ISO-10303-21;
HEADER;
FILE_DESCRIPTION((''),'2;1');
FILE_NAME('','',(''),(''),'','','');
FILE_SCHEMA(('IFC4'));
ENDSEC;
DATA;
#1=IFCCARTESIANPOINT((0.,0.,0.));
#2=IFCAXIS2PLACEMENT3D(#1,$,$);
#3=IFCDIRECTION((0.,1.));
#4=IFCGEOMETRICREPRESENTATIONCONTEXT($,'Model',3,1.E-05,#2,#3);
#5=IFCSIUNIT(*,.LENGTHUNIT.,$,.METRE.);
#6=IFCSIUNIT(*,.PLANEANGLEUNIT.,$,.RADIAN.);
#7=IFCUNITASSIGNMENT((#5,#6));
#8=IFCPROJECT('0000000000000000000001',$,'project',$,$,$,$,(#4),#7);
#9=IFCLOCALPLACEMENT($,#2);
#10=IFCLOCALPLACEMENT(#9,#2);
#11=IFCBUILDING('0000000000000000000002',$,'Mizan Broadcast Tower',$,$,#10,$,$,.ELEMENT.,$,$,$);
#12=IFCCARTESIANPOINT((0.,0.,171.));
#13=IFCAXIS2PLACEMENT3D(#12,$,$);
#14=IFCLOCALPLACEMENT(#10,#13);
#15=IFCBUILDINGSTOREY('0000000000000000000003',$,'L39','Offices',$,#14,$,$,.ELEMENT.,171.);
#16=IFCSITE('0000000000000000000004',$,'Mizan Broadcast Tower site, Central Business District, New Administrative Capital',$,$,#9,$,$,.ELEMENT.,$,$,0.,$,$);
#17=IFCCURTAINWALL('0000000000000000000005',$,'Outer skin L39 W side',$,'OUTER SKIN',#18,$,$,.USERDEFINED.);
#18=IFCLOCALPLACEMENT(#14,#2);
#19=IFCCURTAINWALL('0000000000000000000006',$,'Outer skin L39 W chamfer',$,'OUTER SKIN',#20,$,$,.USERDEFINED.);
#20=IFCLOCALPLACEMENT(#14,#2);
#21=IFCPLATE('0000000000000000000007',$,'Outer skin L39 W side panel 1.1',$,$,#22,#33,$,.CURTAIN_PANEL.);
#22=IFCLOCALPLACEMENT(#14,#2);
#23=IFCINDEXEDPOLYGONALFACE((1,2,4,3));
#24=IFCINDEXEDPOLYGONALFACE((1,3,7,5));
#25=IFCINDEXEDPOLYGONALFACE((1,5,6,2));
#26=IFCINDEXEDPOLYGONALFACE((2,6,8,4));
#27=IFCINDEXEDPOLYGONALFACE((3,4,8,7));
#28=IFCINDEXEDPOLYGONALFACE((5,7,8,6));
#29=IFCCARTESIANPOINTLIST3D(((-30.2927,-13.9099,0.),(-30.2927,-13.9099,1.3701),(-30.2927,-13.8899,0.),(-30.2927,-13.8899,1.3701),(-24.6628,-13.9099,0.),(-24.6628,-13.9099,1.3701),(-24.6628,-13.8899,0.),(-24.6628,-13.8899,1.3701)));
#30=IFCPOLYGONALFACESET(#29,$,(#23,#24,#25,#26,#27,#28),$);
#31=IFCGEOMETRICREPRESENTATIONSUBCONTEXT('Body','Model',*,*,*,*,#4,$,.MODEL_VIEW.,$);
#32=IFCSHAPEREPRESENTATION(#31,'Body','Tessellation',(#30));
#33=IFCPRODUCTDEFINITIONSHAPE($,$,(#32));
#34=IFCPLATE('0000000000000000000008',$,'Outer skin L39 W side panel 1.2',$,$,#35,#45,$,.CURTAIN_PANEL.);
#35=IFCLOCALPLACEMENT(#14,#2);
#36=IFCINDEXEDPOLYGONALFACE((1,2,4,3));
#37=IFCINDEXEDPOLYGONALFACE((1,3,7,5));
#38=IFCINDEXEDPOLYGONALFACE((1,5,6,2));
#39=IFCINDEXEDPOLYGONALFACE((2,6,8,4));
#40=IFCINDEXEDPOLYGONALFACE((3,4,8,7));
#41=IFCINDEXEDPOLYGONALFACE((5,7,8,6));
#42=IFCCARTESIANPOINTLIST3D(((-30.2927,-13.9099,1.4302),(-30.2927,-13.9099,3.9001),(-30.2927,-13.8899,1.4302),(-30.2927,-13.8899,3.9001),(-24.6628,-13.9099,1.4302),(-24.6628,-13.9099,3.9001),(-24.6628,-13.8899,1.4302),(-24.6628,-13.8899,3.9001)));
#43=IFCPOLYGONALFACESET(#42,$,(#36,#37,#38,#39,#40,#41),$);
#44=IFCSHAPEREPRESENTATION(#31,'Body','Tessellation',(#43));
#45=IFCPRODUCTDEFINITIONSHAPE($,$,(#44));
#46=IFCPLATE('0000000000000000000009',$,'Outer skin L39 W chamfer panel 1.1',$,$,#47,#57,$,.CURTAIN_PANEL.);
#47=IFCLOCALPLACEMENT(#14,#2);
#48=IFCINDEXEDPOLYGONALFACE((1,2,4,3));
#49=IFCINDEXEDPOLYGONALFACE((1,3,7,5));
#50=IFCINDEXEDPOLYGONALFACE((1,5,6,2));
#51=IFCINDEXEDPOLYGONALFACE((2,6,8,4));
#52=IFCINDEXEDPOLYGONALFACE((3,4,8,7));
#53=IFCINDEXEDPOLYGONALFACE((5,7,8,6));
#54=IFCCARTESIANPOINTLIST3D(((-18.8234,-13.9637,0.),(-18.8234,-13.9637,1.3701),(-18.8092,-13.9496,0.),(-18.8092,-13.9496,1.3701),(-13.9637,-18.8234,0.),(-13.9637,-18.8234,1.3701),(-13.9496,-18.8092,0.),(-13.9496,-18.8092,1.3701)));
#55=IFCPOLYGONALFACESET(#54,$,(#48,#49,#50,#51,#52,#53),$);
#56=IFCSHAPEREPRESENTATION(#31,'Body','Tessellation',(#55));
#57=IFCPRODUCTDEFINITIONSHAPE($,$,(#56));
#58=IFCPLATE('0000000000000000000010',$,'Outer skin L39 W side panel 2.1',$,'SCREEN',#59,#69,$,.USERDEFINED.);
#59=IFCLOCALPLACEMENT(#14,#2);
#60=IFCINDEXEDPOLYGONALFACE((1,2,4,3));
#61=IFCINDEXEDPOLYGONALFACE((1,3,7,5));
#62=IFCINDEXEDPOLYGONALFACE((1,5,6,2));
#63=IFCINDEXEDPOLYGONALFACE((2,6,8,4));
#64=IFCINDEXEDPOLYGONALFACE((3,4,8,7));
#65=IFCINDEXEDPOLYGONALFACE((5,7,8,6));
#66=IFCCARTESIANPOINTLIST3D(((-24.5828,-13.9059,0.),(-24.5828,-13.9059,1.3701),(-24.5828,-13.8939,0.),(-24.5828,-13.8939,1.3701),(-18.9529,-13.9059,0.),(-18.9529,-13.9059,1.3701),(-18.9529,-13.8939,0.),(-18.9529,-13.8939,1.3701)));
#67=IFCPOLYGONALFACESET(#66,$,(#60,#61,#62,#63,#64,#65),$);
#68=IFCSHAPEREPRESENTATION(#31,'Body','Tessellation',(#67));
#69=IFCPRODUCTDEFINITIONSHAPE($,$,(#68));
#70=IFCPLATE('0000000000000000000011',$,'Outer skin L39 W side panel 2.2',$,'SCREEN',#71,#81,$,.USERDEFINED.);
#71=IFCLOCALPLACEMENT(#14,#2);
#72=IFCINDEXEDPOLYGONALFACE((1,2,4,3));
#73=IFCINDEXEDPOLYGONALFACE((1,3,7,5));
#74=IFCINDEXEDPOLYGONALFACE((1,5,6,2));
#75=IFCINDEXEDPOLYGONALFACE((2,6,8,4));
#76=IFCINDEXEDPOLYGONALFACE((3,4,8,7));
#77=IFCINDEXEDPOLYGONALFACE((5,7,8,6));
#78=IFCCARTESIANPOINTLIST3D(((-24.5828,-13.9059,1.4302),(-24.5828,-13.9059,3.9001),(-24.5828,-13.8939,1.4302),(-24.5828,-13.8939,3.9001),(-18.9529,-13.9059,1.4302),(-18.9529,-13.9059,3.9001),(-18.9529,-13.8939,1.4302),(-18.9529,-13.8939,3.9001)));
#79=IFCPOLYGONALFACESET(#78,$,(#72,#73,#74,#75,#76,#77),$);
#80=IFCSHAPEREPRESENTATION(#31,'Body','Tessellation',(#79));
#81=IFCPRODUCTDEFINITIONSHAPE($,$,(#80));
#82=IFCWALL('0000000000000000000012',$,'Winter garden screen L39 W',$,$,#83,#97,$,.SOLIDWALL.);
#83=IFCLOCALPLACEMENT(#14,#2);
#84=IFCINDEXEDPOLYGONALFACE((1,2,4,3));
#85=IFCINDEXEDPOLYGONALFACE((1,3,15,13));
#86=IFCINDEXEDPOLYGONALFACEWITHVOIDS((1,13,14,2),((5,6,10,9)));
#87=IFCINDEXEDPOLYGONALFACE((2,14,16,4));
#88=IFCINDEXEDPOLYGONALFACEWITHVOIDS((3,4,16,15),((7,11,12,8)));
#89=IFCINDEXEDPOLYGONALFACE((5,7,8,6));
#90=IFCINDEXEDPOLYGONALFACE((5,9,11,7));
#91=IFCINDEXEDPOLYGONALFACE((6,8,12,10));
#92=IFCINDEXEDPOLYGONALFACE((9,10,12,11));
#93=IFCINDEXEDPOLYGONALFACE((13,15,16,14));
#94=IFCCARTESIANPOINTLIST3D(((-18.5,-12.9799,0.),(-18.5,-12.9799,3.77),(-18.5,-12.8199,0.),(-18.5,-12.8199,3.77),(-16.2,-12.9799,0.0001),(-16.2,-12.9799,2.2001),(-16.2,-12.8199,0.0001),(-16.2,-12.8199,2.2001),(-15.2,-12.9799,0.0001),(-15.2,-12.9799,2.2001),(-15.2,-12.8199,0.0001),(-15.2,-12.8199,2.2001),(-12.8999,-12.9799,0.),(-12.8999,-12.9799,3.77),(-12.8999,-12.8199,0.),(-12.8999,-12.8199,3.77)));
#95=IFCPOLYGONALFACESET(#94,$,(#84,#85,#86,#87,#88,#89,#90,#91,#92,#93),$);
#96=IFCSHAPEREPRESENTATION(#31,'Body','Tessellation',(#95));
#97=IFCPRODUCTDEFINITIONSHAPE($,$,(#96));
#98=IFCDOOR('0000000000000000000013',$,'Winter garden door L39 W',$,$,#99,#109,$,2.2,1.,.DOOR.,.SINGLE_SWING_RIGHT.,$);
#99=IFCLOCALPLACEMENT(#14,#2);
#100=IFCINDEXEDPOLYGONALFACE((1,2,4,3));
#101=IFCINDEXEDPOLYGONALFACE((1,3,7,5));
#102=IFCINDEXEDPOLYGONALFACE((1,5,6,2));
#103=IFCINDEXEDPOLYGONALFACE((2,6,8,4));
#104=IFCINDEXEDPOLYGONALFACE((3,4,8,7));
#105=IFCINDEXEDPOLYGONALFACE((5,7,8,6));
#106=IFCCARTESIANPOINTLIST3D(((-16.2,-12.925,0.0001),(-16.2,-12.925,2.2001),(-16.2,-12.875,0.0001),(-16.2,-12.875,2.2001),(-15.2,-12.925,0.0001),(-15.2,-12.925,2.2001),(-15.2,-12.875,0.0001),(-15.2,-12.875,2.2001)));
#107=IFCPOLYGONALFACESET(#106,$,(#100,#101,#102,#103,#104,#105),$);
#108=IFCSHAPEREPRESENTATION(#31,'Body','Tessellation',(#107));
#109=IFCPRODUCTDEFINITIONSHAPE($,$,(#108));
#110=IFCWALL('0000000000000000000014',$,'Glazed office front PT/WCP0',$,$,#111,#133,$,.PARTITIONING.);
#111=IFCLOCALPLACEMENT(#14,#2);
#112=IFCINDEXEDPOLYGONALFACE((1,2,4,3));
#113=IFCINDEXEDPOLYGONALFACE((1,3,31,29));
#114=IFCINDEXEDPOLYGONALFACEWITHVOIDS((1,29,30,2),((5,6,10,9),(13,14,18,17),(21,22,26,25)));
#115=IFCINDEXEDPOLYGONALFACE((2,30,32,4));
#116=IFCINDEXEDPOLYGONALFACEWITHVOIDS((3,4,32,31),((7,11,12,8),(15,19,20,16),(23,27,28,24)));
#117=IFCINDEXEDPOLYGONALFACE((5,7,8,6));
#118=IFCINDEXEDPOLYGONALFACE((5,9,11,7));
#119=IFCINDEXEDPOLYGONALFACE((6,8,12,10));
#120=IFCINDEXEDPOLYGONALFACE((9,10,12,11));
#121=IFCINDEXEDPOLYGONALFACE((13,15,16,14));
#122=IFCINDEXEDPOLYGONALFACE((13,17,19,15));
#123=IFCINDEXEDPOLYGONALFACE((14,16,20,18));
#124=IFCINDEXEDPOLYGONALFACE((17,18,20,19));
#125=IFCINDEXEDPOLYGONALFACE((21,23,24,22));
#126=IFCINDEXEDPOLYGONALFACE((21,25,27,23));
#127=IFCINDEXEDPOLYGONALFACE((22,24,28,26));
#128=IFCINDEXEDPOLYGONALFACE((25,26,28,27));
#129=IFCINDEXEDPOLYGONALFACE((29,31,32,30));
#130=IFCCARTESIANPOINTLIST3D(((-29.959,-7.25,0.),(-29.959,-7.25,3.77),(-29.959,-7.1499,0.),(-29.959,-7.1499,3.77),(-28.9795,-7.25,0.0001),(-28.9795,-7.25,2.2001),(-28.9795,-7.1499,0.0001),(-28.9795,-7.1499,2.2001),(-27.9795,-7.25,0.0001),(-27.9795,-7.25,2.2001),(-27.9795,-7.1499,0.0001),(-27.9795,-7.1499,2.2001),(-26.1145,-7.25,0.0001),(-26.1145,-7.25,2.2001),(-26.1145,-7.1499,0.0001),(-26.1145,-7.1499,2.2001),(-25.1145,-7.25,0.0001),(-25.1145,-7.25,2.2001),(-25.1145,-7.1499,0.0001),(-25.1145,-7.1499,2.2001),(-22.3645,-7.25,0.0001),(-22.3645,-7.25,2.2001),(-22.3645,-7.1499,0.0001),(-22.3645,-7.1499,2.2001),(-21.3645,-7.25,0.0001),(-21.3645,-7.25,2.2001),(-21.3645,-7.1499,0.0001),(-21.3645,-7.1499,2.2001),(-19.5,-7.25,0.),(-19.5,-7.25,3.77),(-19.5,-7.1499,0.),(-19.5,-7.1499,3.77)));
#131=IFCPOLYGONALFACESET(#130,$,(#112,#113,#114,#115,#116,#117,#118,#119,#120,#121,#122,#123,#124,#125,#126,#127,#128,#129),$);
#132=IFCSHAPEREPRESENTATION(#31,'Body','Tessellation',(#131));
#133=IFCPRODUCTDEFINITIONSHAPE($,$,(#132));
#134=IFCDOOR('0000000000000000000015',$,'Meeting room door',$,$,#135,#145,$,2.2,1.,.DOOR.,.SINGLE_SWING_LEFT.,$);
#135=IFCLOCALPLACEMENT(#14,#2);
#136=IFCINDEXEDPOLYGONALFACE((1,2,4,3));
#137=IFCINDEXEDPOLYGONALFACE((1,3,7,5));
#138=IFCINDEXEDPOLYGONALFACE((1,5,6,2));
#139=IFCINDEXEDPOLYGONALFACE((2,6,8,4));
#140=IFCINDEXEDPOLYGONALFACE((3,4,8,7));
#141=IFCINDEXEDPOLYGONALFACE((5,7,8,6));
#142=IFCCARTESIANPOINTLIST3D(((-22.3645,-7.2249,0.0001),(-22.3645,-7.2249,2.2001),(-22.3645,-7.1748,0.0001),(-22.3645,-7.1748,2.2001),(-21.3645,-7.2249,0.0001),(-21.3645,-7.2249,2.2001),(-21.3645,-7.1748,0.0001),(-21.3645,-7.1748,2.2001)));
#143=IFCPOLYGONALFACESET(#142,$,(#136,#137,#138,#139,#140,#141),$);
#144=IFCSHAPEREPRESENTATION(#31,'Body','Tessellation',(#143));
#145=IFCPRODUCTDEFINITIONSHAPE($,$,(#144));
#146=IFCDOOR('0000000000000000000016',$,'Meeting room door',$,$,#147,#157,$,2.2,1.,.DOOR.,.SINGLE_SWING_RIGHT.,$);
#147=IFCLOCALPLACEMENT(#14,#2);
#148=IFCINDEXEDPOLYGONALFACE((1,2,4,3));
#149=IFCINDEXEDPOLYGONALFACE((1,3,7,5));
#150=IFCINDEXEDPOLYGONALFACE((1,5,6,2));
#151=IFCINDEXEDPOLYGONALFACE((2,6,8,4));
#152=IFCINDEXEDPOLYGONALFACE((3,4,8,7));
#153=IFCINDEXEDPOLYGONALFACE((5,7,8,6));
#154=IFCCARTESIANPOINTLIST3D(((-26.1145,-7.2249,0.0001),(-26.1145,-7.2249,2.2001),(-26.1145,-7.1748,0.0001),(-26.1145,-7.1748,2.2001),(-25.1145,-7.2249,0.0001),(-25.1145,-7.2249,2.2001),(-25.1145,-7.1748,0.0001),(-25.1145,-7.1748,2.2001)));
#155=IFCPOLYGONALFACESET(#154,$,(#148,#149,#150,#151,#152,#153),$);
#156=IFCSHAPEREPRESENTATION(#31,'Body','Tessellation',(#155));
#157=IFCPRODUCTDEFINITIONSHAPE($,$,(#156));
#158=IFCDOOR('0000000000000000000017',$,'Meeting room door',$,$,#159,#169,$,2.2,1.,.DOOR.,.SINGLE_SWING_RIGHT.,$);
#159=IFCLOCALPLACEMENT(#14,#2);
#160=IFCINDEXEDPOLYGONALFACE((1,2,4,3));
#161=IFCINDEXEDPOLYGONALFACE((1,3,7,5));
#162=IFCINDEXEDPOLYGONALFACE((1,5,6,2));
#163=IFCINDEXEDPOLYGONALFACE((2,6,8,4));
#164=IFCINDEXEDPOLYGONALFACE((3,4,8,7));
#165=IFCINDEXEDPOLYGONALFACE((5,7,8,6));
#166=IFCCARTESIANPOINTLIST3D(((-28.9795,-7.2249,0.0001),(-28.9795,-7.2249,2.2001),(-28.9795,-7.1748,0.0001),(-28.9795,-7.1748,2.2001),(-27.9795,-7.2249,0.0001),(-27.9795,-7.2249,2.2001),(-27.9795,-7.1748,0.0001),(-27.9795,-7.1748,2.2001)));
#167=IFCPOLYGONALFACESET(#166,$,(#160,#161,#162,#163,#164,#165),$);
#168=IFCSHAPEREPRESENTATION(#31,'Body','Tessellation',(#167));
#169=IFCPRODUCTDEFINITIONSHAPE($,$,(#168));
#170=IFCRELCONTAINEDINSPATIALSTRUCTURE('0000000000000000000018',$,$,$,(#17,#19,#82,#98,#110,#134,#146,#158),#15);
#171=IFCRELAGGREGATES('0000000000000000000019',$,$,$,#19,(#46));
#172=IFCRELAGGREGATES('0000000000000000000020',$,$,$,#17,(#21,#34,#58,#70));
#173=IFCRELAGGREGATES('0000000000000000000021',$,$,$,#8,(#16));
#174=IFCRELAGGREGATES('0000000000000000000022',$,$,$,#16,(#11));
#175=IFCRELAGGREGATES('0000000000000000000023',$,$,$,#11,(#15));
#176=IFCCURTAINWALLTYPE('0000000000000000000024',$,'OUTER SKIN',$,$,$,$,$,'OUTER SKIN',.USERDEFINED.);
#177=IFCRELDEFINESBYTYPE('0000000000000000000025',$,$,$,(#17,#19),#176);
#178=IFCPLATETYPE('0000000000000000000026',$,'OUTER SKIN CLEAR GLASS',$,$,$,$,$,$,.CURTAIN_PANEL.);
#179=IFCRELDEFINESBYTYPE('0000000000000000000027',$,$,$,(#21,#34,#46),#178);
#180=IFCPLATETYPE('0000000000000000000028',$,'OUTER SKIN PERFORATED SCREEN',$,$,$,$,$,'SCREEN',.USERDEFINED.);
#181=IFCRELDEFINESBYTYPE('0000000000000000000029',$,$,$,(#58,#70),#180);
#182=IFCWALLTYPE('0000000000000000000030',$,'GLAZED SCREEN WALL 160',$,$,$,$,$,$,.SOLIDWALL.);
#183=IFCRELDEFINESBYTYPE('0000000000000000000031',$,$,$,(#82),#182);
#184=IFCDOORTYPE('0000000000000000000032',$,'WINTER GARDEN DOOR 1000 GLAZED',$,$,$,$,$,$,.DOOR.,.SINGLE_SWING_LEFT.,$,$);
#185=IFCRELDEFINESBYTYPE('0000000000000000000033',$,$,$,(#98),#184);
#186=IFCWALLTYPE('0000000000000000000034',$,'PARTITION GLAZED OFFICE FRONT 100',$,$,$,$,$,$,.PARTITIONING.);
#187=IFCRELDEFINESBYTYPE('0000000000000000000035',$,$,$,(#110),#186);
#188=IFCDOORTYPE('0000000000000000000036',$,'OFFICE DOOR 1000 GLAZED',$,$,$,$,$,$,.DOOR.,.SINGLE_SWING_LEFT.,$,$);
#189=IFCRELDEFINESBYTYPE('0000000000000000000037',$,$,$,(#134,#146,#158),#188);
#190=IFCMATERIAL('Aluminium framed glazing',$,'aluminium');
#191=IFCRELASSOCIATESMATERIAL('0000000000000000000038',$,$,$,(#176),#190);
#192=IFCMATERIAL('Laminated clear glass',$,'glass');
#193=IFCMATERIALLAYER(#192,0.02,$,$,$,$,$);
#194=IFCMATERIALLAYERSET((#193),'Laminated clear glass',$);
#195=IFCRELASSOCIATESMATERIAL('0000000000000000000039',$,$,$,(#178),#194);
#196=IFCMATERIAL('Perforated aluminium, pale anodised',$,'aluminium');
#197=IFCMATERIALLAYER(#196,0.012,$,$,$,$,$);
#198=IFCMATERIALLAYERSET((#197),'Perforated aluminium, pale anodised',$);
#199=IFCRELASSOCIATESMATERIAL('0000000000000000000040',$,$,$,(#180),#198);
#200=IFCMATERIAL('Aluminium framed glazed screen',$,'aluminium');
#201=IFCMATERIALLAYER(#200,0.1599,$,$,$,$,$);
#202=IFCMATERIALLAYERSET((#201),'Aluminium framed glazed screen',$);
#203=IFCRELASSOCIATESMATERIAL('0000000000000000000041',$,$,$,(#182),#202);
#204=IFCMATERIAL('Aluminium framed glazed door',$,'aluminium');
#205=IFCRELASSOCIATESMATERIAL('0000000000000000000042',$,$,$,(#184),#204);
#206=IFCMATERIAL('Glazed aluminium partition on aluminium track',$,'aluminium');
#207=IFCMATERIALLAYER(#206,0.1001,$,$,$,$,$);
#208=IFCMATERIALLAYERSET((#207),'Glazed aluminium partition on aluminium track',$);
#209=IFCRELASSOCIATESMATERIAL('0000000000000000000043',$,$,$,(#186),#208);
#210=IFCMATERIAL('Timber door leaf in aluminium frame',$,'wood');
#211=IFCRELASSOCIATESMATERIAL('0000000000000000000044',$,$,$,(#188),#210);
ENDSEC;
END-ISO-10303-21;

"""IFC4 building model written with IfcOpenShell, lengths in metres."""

from ifc_helpers import new_model, si_unit, direction, frame, frame_2d, origin, origin_2d, place, context, subcontext, project, spatial, rectangle, extrude, material, layer, layer_set, type_object, element, fill, aggregate, save


model = new_model("IFC4")

# Units and contexts
model_context = context("Model", 3, precision=1e-05, world=origin(), true_north=direction((0.0, 1.0)))
body_context = subcontext(model_context, "Body", "Model", "MODEL_VIEW")
ifc_project = project(units=[si_unit("LENGTHUNIT", "METRE"), si_unit("PLANEANGLEUNIT", "RADIAN")], contexts=[model_context])

# Site, building, storey
site_placement = place(None, origin())
site = spatial("IfcSite", under=ifc_project, at=site_placement, Name="Mizan Broadcast Tower site, Central Business District, New Administrative Capital", CompositionType="ELEMENT", RefElevation=0.0)
building_placement = place(site_placement, origin())
building = spatial("IfcBuilding", under=site, at=building_placement, Name="Mizan Broadcast Tower", CompositionType="ELEMENT")
storey_placement = place(building_placement, frame((0.0, 0.0, 171.0)))
storey = spatial("IfcBuildingStorey", under=building, at=storey_placement, Name="L39", Description="Offices", CompositionType="ELEMENT", Elevation=171.0)

# Curtain wall
ifc_material_1 = material(Name="Aluminium framed glazing", Category="aluminium")
curtain_wall_type_1 = type_object("IfcCurtainWallType", Name="OUTER SKIN", ElementType="OUTER SKIN", PredefinedType="USERDEFINED", material=ifc_material_1)
curtain_wall_1_placement = place(storey_placement, origin())
curtain_wall_1 = element("IfcCurtainWall", 1, at=curtain_wall_1_placement, inside=storey, type_object=curtain_wall_type_1, Name="Outer skin L39 W side", ObjectType="OUTER SKIN", PredefinedType="USERDEFINED")

# Curtain wall
curtain_wall_2_placement = place(storey_placement, origin())
curtain_wall_2 = element("IfcCurtainWall", 2, at=curtain_wall_2_placement, inside=storey, type_object=curtain_wall_type_1, Name="Outer skin L39 W chamfer", ObjectType="OUTER SKIN", PredefinedType="USERDEFINED")

# Plates
ifc_material_2 = material(Name="Laminated clear glass", Category="glass")
ifc_layer_1 = layer(ifc_material_2, 0.02)
ifc_layer_set_1 = layer_set([ifc_layer_1], Name="Laminated clear glass")
plate_type_1 = type_object("IfcPlateType", Name="OUTER SKIN CLEAR GLASS", PredefinedType="CURTAIN_PANEL", material=ifc_layer_set_1)
plate_1_placement = place(storey_placement, frame((-27.4778, -13.8999, 0.0), z_axis=(0.0, 0.0, 1.0), x_axis=(1.0, 0.0, 0.0)))
plate_1 = element("IfcPlate", 3, at=plate_1_placement, type_object=plate_type_1, Name="Outer skin L39 W side panel 1.1", PredefinedType="CURTAIN_PANEL", context=body_context, shape_type="SweptSolid", body=[
    extrude(rectangle(XDim=5.6299, YDim=0.02, at=origin_2d()), origin(), (0.0, 0.0, 1.0), 1.3701),
])
plate_2_placement = place(storey_placement, frame((-27.4778, -13.8999, 1.4302), z_axis=(0.0, 0.0, 1.0), x_axis=(1.0, 0.0, 0.0)))
plate_2 = element("IfcPlate", 4, at=plate_2_placement, type_object=plate_type_1, Name="Outer skin L39 W side panel 1.2", PredefinedType="CURTAIN_PANEL", context=body_context, shape_type="SweptSolid", body=[
    extrude(rectangle(XDim=5.6299, YDim=0.02, at=origin_2d()), origin(), (0.0, 0.0, 1.0), 2.47),
])
plate_3_placement = place(storey_placement, frame((-16.3865, -16.3865, 0.0), z_axis=(0.0, 0.0, 1.0), x_axis=(0.707107, -0.707107, 0.0)))
plate_3 = element("IfcPlate", 5, at=plate_3_placement, type_object=plate_type_1, Name="Outer skin L39 W chamfer panel 1.1", PredefinedType="CURTAIN_PANEL", context=body_context, shape_type="SweptSolid", body=[
    extrude(rectangle(XDim=6.8726, YDim=0.02, at=origin_2d()), origin(), (0.0, 0.0, 1.0), 1.3701),
])
aggregate(curtain_wall_2, [plate_3])
ifc_material_3 = material(Name="Perforated aluminium, pale anodised", Category="aluminium")
ifc_layer_2 = layer(ifc_material_3, 0.012)
ifc_layer_set_2 = layer_set([ifc_layer_2], Name="Perforated aluminium, pale anodised")
plate_type_2 = type_object("IfcPlateType", Name="OUTER SKIN PERFORATED SCREEN", ElementType="SCREEN", PredefinedType="USERDEFINED", material=ifc_layer_set_2)
plate_4_placement = place(storey_placement, frame((-21.7678, -13.8999, 0.0), z_axis=(0.0, 0.0, 1.0), x_axis=(1.0, 0.0, 0.0)))
plate_4 = element("IfcPlate", 6, at=plate_4_placement, type_object=plate_type_2, Name="Outer skin L39 W side panel 2.1", ObjectType="SCREEN", PredefinedType="USERDEFINED", context=body_context, shape_type="SweptSolid", body=[
    extrude(rectangle(XDim=5.6299, YDim=0.012, at=origin_2d()), origin(), (0.0, 0.0, 1.0), 1.3701),
])
plate_5_placement = place(storey_placement, frame((-21.7678, -13.8999, 1.4302), z_axis=(0.0, 0.0, 1.0), x_axis=(1.0, 0.0, 0.0)))
plate_5 = element("IfcPlate", 7, at=plate_5_placement, type_object=plate_type_2, Name="Outer skin L39 W side panel 2.2", ObjectType="SCREEN", PredefinedType="USERDEFINED", context=body_context, shape_type="SweptSolid", body=[
    extrude(rectangle(XDim=5.6299, YDim=0.012, at=origin_2d()), origin(), (0.0, 0.0, 1.0), 2.47),
])
aggregate(curtain_wall_1, [plate_1, plate_2, plate_4, plate_5])

# Wall, opening, door
ifc_material_4 = material(Name="Aluminium framed glazed screen", Category="aluminium")
ifc_layer_3 = layer(ifc_material_4, 0.1599)
ifc_layer_set_3 = layer_set([ifc_layer_3], Name="Aluminium framed glazed screen")
wall_type_1 = type_object("IfcWallType", Name="GLAZED SCREEN WALL 160", PredefinedType="SOLIDWALL", material=ifc_layer_set_3)
wall_1_placement = place(storey_placement, frame((-18.5, -12.8999, 0.0), z_axis=(0.0, 0.0, 1.0), x_axis=(1.0, 0.0, 0.0)))
wall_1 = element("IfcWall", 8, at=wall_1_placement, inside=storey, type_object=wall_type_1, Name="Winter garden screen L39 W", PredefinedType="SOLIDWALL", context=body_context, shape_type="SweptSolid", body=[
    extrude(rectangle(XDim=5.6001, YDim=0.1599, at=frame_2d((2.8, 0.0))), origin(), (0.0, 0.0, 1.0), 3.77),
])
opening_1_placement = place(wall_1_placement, frame((2.3, 0.0, 0.0)))
opening_1 = element("IfcOpeningElement", 9, at=opening_1_placement, cuts=wall_1, PredefinedType="OPENING", context=body_context, shape_type="SweptSolid", body=[
    extrude(rectangle(XDim=1.0, YDim=2.2, at=frame_2d((0.5, 1.1001))), frame((0.0, 0.0898, 0.0), z_axis=(0.0, -1.0, 0.0), x_axis=(1.0, 0.0, 0.0)), (0.0, 0.0, 1.0), 0.1799),
])
ifc_material_5 = material(Name="Aluminium framed glazed door", Category="aluminium")
door_type_1 = type_object("IfcDoorType", Name="WINTER GARDEN DOOR 1000 GLAZED", OperationType="SINGLE_SWING_LEFT", PredefinedType="DOOR", material=ifc_material_5)
door_1_placement = place(opening_1_placement, origin())
door_1 = element("IfcDoor", 10, at=door_1_placement, inside=storey, type_object=door_type_1, Name="Winter garden door L39 W", OperationType="SINGLE_SWING_RIGHT", OverallHeight=2.2, OverallWidth=1.0, PredefinedType="DOOR", context=body_context, shape_type="SweptSolid", body=[
    extrude(rectangle(XDim=1.0, YDim=2.2, at=frame_2d((0.5, 1.1001))), frame((0.0, 0.0249, 0.0), z_axis=(0.0, -1.0, 0.0), x_axis=(1.0, 0.0, 0.0)), (0.0, 0.0, 1.0), 0.05),
])
fill(opening_1, door_1)

# Wall, openings, doors
ifc_material_6 = material(Name="Glazed aluminium partition on aluminium track", Category="aluminium")
ifc_layer_4 = layer(ifc_material_6, 0.1001)
ifc_layer_set_4 = layer_set([ifc_layer_4], Name="Glazed aluminium partition on aluminium track")
wall_type_2 = type_object("IfcWallType", Name="PARTITION GLAZED OFFICE FRONT 100", PredefinedType="PARTITIONING", material=ifc_layer_set_4)
wall_2_placement = place(storey_placement, frame((-19.5, -7.2, 0.0), z_axis=(0.0, 0.0, 1.0), x_axis=(-1.0, 0.0, 0.0)))
wall_2 = element("IfcWall", 11, at=wall_2_placement, inside=storey, type_object=wall_type_2, Name="Glazed office front PT/WCP0", PredefinedType="PARTITIONING", context=body_context, shape_type="SweptSolid", body=[
    extrude(rectangle(XDim=10.459, YDim=0.1001, at=frame_2d((5.2295, 0.0))), origin(), (0.0, 0.0, 1.0), 3.77),
])
opening_2_placement = place(wall_2_placement, frame((1.8645, 0.0, 0.0)))
opening_2 = element("IfcOpeningElement", 12, at=opening_2_placement, cuts=wall_2, PredefinedType="OPENING", context=body_context, shape_type="SweptSolid", body=[
    extrude(rectangle(XDim=1.0, YDim=2.2, at=frame_2d((0.5, 1.1001))), frame((0.0, 0.0601, 0.0), z_axis=(0.0, -1.0, 0.0), x_axis=(1.0, 0.0, 0.0)), (0.0, 0.0, 1.0), 0.1201),
])
opening_3_placement = place(wall_2_placement, frame((5.6145, 0.0, 0.0)))
opening_3 = element("IfcOpeningElement", 13, at=opening_3_placement, cuts=wall_2, PredefinedType="OPENING", context=body_context, shape_type="SweptSolid", body=[
    extrude(rectangle(XDim=1.0, YDim=2.2, at=frame_2d((0.5, 1.1001))), frame((0.0, 0.0601, 0.0), z_axis=(0.0, -1.0, 0.0), x_axis=(1.0, 0.0, 0.0)), (0.0, 0.0, 1.0), 0.1201),
])
opening_4_placement = place(wall_2_placement, frame((8.4795, 0.0, 0.0)))
opening_4 = element("IfcOpeningElement", 14, at=opening_4_placement, cuts=wall_2, PredefinedType="OPENING", context=body_context, shape_type="SweptSolid", body=[
    extrude(rectangle(XDim=1.0, YDim=2.2, at=frame_2d((0.5, 1.1001))), frame((0.0, 0.0601, 0.0), z_axis=(0.0, -1.0, 0.0), x_axis=(1.0, 0.0, 0.0)), (0.0, 0.0, 1.0), 0.1201),
])
ifc_material_7 = material(Name="Timber door leaf in aluminium frame", Category="wood")
door_type_2 = type_object("IfcDoorType", Name="OFFICE DOOR 1000 GLAZED", OperationType="SINGLE_SWING_LEFT", PredefinedType="DOOR", material=ifc_material_7)
door_2_placement = place(opening_2_placement, origin())
door_2 = element("IfcDoor", 15, at=door_2_placement, inside=storey, type_object=door_type_2, Name="Meeting room door", OperationType="SINGLE_SWING_LEFT", OverallHeight=2.2, OverallWidth=1.0, PredefinedType="DOOR", context=body_context, shape_type="SweptSolid", body=[
    extrude(rectangle(XDim=1.0, YDim=2.2, at=frame_2d((0.5, 1.1001))), frame((0.0, 0.0249, 0.0), z_axis=(0.0, -1.0, 0.0), x_axis=(1.0, 0.0, 0.0)), (0.0, 0.0, 1.0), 0.05),
])
fill(opening_2, door_2)
door_3_placement = place(opening_3_placement, origin())
door_3 = element("IfcDoor", 16, at=door_3_placement, inside=storey, type_object=door_type_2, Name="Meeting room door", OperationType="SINGLE_SWING_RIGHT", OverallHeight=2.2, OverallWidth=1.0, PredefinedType="DOOR", context=body_context, shape_type="SweptSolid", body=[
    extrude(rectangle(XDim=1.0, YDim=2.2, at=frame_2d((0.5, 1.1001))), frame((0.0, 0.0249, 0.0), z_axis=(0.0, -1.0, 0.0), x_axis=(1.0, 0.0, 0.0)), (0.0, 0.0, 1.0), 0.05),
])
fill(opening_3, door_3)
door_4_placement = place(opening_4_placement, origin())
door_4 = element("IfcDoor", 17, at=door_4_placement, inside=storey, type_object=door_type_2, Name="Meeting room door", OperationType="SINGLE_SWING_RIGHT", OverallHeight=2.2, OverallWidth=1.0, PredefinedType="DOOR", context=body_context, shape_type="SweptSolid", body=[
    extrude(rectangle(XDim=1.0, YDim=2.2, at=frame_2d((0.5, 1.1001))), frame((0.0, 0.0249, 0.0), z_axis=(0.0, -1.0, 0.0), x_axis=(1.0, 0.0, 0.0)), (0.0, 0.0, 1.0), 0.05),
])
fill(opening_4, door_4)

save(model, "model.ifc")
